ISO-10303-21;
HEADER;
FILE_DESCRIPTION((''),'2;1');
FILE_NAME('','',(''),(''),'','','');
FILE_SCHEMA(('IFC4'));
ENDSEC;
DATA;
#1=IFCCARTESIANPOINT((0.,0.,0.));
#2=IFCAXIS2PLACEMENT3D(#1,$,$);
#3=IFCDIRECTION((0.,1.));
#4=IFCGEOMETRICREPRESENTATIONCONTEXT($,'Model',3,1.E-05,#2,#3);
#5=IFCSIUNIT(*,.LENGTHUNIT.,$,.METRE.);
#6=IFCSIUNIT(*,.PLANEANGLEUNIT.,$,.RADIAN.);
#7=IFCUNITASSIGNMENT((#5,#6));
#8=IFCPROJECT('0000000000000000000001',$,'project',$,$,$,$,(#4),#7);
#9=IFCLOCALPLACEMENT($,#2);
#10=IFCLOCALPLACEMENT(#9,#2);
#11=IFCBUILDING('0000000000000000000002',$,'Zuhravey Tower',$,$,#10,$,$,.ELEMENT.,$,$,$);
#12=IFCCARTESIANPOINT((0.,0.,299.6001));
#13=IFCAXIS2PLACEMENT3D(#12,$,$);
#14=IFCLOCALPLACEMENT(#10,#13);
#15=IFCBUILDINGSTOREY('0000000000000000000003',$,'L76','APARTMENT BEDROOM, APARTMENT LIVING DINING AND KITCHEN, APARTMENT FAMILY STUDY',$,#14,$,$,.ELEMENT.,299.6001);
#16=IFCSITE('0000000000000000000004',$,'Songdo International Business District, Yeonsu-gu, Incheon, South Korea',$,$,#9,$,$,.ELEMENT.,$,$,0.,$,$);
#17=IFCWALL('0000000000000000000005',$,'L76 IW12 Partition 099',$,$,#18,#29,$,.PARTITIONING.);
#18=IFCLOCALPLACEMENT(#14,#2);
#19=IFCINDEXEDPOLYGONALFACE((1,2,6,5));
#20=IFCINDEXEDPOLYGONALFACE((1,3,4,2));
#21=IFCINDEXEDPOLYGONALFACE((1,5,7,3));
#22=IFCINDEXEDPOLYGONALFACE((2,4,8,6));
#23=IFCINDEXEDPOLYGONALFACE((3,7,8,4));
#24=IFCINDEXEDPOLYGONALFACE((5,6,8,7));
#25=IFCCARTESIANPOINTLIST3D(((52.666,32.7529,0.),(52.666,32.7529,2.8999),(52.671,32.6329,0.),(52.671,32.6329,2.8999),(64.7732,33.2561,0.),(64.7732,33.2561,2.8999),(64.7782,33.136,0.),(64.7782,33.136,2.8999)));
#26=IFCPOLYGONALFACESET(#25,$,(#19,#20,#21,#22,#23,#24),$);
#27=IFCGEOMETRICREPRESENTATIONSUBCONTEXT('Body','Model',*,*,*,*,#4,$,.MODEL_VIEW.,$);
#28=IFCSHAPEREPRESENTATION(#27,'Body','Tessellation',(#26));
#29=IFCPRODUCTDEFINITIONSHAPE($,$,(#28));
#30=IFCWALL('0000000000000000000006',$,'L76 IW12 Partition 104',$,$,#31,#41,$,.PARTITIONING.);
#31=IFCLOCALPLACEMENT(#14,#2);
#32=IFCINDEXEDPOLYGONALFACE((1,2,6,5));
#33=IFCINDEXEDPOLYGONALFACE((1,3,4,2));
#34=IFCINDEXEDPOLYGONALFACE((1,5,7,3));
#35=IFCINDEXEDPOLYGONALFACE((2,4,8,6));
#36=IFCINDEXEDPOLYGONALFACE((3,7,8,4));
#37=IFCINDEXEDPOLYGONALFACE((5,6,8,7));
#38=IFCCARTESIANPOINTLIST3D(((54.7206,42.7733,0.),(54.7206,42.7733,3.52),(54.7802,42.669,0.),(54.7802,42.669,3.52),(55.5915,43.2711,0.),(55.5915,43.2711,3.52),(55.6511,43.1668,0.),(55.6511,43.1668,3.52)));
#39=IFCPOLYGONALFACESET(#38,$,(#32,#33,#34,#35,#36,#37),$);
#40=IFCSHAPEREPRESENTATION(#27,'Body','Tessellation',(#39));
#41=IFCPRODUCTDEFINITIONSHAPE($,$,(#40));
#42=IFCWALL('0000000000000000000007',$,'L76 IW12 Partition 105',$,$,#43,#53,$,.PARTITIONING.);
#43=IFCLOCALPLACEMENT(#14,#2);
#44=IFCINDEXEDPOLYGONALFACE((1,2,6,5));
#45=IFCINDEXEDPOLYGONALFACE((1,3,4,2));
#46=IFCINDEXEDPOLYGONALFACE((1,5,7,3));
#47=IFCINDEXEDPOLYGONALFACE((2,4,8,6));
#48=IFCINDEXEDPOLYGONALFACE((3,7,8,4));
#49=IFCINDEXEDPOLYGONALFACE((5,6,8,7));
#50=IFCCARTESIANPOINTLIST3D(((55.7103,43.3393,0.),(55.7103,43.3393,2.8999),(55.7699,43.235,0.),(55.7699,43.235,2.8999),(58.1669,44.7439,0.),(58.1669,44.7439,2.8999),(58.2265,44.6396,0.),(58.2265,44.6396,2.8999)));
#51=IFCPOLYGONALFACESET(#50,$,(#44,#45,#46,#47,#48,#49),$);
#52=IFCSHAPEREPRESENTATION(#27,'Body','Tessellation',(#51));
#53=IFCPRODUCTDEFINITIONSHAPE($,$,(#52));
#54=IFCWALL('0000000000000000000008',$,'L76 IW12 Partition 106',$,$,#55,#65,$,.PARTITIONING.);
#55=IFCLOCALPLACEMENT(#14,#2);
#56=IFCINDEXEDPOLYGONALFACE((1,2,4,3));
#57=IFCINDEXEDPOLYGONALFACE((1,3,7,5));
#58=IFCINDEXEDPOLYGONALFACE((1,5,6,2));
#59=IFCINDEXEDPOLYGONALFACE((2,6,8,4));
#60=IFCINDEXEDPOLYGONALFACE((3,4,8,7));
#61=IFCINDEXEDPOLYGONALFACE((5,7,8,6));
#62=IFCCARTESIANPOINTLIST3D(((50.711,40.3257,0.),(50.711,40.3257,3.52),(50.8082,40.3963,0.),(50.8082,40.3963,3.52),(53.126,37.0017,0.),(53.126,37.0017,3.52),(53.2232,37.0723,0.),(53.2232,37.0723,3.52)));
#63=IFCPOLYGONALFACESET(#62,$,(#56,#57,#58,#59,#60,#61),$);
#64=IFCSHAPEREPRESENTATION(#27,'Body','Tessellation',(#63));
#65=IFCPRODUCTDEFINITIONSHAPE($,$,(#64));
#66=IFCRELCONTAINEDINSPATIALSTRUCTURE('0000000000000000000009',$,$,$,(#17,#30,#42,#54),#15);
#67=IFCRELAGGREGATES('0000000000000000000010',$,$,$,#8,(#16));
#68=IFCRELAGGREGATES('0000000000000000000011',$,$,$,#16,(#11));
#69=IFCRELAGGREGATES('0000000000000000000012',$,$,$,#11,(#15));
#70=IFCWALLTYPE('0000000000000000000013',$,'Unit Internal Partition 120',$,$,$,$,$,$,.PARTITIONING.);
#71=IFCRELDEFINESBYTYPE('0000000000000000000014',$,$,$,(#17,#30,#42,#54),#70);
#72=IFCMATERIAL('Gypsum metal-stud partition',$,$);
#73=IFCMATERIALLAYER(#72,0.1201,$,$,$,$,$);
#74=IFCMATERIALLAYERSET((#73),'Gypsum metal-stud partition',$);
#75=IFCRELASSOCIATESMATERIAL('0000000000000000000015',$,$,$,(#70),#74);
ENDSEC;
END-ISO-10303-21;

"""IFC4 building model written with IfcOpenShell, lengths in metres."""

from ifc_helpers import new_model, si_unit, direction, frame, frame_2d, origin, place, context, subcontext, project, spatial, rectangle, extrude, material, layer, layer_set, type_object, element, save


model = new_model("IFC4")

# Units and contexts
model_context = context("Model", 3, precision=1e-05, world=origin(), true_north=direction((0.0, 1.0)))
body_context = subcontext(model_context, "Body", "Model", "MODEL_VIEW")
ifc_project = project(units=[si_unit("LENGTHUNIT", "METRE"), si_unit("PLANEANGLEUNIT", "RADIAN")], contexts=[model_context])

# Site, building, storey
site_placement = place(None, origin())
site = spatial("IfcSite", under=ifc_project, at=site_placement, Name="Songdo International Business District, Yeonsu-gu, Incheon, South Korea", CompositionType="ELEMENT", RefElevation=0.0)
building_placement = place(site_placement, origin())
building = spatial("IfcBuilding", under=site, at=building_placement, Name="Zuhravey Tower", CompositionType="ELEMENT")
storey_placement = place(building_placement, frame((0.0, 0.0, 299.6001)))
storey = spatial("IfcBuildingStorey", under=building, at=storey_placement, Name="L76", Description="APARTMENT BEDROOM, APARTMENT LIVING DINING AND KITCHEN, APARTMENT FAMILY STUDY", CompositionType="ELEMENT", Elevation=299.6001)

# Shared definitions
ifc_material_1 = material(Name="Gypsum metal-stud partition")
ifc_layer_1 = layer(ifc_material_1, 0.1201)
ifc_layer_set_1 = layer_set([ifc_layer_1], Name="Gypsum metal-stud partition")
wall_type_1 = type_object("IfcWallType", Name="Unit Internal Partition 120", PredefinedType="PARTITIONING", material=ifc_layer_set_1)

# Walls
wall_1_placement = place(storey_placement, frame((52.6685, 32.6929, 0.0), z_axis=(0.0, 0.0, 1.0), x_axis=(0.999138, 0.041524, 0.0)))
element("IfcWall", 1, at=wall_1_placement, inside=storey, type_object=wall_type_1, Name="L76 IW12 Partition 099", PredefinedType="PARTITIONING", context=body_context, shape_type="SweptSolid", body=[
    extrude(rectangle(XDim=12.1177, YDim=0.1201, at=frame_2d((6.0588, 0.0))), origin(), (0.0, 0.0, 1.0), 2.8999),
])
wall_2_placement = place(storey_placement, frame((54.7505, 42.7212, 0.0), z_axis=(0.0, 0.0, 1.0), x_axis=(0.868168, 0.49627, 0.0)))
element("IfcWall", 2, at=wall_2_placement, inside=storey, type_object=wall_type_1, Name="L76 IW12 Partition 104", PredefinedType="PARTITIONING", context=body_context, shape_type="SweptSolid", body=[
    extrude(rectangle(XDim=1.0032, YDim=0.1201, at=frame_2d((0.5015, 0.0))), origin(), (0.0, 0.0, 1.0), 3.52),
])
wall_3_placement = place(storey_placement, frame((55.74, 43.2871, 0.0), z_axis=(0.0, 0.0, 1.0), x_axis=(0.868121, 0.496353, 0.0)))
element("IfcWall", 3, at=wall_3_placement, inside=storey, type_object=wall_type_1, Name="L76 IW12 Partition 105", PredefinedType="PARTITIONING", context=body_context, shape_type="SweptSolid", body=[
    extrude(rectangle(XDim=2.8298, YDim=0.1201, at=frame_2d((1.415, 0.0))), origin(), (0.0, 0.0, 1.0), 2.8999),
])
wall_4_placement = place(storey_placement, frame((53.1746, 37.0371, 0.0), z_axis=(0.0, 0.0, 1.0), x_axis=(-0.58779, 0.809014, 0.0)))
element("IfcWall", 4, at=wall_4_placement, inside=storey, type_object=wall_type_1, Name="L76 IW12 Partition 106", PredefinedType="PARTITIONING", context=body_context, shape_type="SweptSolid", body=[
    extrude(rectangle(XDim=4.1086, YDim=0.1201, at=frame_2d((2.0542, 0.0))), origin(), (0.0, 0.0, 1.0), 3.52),
])

save(model, "model.ifc")
